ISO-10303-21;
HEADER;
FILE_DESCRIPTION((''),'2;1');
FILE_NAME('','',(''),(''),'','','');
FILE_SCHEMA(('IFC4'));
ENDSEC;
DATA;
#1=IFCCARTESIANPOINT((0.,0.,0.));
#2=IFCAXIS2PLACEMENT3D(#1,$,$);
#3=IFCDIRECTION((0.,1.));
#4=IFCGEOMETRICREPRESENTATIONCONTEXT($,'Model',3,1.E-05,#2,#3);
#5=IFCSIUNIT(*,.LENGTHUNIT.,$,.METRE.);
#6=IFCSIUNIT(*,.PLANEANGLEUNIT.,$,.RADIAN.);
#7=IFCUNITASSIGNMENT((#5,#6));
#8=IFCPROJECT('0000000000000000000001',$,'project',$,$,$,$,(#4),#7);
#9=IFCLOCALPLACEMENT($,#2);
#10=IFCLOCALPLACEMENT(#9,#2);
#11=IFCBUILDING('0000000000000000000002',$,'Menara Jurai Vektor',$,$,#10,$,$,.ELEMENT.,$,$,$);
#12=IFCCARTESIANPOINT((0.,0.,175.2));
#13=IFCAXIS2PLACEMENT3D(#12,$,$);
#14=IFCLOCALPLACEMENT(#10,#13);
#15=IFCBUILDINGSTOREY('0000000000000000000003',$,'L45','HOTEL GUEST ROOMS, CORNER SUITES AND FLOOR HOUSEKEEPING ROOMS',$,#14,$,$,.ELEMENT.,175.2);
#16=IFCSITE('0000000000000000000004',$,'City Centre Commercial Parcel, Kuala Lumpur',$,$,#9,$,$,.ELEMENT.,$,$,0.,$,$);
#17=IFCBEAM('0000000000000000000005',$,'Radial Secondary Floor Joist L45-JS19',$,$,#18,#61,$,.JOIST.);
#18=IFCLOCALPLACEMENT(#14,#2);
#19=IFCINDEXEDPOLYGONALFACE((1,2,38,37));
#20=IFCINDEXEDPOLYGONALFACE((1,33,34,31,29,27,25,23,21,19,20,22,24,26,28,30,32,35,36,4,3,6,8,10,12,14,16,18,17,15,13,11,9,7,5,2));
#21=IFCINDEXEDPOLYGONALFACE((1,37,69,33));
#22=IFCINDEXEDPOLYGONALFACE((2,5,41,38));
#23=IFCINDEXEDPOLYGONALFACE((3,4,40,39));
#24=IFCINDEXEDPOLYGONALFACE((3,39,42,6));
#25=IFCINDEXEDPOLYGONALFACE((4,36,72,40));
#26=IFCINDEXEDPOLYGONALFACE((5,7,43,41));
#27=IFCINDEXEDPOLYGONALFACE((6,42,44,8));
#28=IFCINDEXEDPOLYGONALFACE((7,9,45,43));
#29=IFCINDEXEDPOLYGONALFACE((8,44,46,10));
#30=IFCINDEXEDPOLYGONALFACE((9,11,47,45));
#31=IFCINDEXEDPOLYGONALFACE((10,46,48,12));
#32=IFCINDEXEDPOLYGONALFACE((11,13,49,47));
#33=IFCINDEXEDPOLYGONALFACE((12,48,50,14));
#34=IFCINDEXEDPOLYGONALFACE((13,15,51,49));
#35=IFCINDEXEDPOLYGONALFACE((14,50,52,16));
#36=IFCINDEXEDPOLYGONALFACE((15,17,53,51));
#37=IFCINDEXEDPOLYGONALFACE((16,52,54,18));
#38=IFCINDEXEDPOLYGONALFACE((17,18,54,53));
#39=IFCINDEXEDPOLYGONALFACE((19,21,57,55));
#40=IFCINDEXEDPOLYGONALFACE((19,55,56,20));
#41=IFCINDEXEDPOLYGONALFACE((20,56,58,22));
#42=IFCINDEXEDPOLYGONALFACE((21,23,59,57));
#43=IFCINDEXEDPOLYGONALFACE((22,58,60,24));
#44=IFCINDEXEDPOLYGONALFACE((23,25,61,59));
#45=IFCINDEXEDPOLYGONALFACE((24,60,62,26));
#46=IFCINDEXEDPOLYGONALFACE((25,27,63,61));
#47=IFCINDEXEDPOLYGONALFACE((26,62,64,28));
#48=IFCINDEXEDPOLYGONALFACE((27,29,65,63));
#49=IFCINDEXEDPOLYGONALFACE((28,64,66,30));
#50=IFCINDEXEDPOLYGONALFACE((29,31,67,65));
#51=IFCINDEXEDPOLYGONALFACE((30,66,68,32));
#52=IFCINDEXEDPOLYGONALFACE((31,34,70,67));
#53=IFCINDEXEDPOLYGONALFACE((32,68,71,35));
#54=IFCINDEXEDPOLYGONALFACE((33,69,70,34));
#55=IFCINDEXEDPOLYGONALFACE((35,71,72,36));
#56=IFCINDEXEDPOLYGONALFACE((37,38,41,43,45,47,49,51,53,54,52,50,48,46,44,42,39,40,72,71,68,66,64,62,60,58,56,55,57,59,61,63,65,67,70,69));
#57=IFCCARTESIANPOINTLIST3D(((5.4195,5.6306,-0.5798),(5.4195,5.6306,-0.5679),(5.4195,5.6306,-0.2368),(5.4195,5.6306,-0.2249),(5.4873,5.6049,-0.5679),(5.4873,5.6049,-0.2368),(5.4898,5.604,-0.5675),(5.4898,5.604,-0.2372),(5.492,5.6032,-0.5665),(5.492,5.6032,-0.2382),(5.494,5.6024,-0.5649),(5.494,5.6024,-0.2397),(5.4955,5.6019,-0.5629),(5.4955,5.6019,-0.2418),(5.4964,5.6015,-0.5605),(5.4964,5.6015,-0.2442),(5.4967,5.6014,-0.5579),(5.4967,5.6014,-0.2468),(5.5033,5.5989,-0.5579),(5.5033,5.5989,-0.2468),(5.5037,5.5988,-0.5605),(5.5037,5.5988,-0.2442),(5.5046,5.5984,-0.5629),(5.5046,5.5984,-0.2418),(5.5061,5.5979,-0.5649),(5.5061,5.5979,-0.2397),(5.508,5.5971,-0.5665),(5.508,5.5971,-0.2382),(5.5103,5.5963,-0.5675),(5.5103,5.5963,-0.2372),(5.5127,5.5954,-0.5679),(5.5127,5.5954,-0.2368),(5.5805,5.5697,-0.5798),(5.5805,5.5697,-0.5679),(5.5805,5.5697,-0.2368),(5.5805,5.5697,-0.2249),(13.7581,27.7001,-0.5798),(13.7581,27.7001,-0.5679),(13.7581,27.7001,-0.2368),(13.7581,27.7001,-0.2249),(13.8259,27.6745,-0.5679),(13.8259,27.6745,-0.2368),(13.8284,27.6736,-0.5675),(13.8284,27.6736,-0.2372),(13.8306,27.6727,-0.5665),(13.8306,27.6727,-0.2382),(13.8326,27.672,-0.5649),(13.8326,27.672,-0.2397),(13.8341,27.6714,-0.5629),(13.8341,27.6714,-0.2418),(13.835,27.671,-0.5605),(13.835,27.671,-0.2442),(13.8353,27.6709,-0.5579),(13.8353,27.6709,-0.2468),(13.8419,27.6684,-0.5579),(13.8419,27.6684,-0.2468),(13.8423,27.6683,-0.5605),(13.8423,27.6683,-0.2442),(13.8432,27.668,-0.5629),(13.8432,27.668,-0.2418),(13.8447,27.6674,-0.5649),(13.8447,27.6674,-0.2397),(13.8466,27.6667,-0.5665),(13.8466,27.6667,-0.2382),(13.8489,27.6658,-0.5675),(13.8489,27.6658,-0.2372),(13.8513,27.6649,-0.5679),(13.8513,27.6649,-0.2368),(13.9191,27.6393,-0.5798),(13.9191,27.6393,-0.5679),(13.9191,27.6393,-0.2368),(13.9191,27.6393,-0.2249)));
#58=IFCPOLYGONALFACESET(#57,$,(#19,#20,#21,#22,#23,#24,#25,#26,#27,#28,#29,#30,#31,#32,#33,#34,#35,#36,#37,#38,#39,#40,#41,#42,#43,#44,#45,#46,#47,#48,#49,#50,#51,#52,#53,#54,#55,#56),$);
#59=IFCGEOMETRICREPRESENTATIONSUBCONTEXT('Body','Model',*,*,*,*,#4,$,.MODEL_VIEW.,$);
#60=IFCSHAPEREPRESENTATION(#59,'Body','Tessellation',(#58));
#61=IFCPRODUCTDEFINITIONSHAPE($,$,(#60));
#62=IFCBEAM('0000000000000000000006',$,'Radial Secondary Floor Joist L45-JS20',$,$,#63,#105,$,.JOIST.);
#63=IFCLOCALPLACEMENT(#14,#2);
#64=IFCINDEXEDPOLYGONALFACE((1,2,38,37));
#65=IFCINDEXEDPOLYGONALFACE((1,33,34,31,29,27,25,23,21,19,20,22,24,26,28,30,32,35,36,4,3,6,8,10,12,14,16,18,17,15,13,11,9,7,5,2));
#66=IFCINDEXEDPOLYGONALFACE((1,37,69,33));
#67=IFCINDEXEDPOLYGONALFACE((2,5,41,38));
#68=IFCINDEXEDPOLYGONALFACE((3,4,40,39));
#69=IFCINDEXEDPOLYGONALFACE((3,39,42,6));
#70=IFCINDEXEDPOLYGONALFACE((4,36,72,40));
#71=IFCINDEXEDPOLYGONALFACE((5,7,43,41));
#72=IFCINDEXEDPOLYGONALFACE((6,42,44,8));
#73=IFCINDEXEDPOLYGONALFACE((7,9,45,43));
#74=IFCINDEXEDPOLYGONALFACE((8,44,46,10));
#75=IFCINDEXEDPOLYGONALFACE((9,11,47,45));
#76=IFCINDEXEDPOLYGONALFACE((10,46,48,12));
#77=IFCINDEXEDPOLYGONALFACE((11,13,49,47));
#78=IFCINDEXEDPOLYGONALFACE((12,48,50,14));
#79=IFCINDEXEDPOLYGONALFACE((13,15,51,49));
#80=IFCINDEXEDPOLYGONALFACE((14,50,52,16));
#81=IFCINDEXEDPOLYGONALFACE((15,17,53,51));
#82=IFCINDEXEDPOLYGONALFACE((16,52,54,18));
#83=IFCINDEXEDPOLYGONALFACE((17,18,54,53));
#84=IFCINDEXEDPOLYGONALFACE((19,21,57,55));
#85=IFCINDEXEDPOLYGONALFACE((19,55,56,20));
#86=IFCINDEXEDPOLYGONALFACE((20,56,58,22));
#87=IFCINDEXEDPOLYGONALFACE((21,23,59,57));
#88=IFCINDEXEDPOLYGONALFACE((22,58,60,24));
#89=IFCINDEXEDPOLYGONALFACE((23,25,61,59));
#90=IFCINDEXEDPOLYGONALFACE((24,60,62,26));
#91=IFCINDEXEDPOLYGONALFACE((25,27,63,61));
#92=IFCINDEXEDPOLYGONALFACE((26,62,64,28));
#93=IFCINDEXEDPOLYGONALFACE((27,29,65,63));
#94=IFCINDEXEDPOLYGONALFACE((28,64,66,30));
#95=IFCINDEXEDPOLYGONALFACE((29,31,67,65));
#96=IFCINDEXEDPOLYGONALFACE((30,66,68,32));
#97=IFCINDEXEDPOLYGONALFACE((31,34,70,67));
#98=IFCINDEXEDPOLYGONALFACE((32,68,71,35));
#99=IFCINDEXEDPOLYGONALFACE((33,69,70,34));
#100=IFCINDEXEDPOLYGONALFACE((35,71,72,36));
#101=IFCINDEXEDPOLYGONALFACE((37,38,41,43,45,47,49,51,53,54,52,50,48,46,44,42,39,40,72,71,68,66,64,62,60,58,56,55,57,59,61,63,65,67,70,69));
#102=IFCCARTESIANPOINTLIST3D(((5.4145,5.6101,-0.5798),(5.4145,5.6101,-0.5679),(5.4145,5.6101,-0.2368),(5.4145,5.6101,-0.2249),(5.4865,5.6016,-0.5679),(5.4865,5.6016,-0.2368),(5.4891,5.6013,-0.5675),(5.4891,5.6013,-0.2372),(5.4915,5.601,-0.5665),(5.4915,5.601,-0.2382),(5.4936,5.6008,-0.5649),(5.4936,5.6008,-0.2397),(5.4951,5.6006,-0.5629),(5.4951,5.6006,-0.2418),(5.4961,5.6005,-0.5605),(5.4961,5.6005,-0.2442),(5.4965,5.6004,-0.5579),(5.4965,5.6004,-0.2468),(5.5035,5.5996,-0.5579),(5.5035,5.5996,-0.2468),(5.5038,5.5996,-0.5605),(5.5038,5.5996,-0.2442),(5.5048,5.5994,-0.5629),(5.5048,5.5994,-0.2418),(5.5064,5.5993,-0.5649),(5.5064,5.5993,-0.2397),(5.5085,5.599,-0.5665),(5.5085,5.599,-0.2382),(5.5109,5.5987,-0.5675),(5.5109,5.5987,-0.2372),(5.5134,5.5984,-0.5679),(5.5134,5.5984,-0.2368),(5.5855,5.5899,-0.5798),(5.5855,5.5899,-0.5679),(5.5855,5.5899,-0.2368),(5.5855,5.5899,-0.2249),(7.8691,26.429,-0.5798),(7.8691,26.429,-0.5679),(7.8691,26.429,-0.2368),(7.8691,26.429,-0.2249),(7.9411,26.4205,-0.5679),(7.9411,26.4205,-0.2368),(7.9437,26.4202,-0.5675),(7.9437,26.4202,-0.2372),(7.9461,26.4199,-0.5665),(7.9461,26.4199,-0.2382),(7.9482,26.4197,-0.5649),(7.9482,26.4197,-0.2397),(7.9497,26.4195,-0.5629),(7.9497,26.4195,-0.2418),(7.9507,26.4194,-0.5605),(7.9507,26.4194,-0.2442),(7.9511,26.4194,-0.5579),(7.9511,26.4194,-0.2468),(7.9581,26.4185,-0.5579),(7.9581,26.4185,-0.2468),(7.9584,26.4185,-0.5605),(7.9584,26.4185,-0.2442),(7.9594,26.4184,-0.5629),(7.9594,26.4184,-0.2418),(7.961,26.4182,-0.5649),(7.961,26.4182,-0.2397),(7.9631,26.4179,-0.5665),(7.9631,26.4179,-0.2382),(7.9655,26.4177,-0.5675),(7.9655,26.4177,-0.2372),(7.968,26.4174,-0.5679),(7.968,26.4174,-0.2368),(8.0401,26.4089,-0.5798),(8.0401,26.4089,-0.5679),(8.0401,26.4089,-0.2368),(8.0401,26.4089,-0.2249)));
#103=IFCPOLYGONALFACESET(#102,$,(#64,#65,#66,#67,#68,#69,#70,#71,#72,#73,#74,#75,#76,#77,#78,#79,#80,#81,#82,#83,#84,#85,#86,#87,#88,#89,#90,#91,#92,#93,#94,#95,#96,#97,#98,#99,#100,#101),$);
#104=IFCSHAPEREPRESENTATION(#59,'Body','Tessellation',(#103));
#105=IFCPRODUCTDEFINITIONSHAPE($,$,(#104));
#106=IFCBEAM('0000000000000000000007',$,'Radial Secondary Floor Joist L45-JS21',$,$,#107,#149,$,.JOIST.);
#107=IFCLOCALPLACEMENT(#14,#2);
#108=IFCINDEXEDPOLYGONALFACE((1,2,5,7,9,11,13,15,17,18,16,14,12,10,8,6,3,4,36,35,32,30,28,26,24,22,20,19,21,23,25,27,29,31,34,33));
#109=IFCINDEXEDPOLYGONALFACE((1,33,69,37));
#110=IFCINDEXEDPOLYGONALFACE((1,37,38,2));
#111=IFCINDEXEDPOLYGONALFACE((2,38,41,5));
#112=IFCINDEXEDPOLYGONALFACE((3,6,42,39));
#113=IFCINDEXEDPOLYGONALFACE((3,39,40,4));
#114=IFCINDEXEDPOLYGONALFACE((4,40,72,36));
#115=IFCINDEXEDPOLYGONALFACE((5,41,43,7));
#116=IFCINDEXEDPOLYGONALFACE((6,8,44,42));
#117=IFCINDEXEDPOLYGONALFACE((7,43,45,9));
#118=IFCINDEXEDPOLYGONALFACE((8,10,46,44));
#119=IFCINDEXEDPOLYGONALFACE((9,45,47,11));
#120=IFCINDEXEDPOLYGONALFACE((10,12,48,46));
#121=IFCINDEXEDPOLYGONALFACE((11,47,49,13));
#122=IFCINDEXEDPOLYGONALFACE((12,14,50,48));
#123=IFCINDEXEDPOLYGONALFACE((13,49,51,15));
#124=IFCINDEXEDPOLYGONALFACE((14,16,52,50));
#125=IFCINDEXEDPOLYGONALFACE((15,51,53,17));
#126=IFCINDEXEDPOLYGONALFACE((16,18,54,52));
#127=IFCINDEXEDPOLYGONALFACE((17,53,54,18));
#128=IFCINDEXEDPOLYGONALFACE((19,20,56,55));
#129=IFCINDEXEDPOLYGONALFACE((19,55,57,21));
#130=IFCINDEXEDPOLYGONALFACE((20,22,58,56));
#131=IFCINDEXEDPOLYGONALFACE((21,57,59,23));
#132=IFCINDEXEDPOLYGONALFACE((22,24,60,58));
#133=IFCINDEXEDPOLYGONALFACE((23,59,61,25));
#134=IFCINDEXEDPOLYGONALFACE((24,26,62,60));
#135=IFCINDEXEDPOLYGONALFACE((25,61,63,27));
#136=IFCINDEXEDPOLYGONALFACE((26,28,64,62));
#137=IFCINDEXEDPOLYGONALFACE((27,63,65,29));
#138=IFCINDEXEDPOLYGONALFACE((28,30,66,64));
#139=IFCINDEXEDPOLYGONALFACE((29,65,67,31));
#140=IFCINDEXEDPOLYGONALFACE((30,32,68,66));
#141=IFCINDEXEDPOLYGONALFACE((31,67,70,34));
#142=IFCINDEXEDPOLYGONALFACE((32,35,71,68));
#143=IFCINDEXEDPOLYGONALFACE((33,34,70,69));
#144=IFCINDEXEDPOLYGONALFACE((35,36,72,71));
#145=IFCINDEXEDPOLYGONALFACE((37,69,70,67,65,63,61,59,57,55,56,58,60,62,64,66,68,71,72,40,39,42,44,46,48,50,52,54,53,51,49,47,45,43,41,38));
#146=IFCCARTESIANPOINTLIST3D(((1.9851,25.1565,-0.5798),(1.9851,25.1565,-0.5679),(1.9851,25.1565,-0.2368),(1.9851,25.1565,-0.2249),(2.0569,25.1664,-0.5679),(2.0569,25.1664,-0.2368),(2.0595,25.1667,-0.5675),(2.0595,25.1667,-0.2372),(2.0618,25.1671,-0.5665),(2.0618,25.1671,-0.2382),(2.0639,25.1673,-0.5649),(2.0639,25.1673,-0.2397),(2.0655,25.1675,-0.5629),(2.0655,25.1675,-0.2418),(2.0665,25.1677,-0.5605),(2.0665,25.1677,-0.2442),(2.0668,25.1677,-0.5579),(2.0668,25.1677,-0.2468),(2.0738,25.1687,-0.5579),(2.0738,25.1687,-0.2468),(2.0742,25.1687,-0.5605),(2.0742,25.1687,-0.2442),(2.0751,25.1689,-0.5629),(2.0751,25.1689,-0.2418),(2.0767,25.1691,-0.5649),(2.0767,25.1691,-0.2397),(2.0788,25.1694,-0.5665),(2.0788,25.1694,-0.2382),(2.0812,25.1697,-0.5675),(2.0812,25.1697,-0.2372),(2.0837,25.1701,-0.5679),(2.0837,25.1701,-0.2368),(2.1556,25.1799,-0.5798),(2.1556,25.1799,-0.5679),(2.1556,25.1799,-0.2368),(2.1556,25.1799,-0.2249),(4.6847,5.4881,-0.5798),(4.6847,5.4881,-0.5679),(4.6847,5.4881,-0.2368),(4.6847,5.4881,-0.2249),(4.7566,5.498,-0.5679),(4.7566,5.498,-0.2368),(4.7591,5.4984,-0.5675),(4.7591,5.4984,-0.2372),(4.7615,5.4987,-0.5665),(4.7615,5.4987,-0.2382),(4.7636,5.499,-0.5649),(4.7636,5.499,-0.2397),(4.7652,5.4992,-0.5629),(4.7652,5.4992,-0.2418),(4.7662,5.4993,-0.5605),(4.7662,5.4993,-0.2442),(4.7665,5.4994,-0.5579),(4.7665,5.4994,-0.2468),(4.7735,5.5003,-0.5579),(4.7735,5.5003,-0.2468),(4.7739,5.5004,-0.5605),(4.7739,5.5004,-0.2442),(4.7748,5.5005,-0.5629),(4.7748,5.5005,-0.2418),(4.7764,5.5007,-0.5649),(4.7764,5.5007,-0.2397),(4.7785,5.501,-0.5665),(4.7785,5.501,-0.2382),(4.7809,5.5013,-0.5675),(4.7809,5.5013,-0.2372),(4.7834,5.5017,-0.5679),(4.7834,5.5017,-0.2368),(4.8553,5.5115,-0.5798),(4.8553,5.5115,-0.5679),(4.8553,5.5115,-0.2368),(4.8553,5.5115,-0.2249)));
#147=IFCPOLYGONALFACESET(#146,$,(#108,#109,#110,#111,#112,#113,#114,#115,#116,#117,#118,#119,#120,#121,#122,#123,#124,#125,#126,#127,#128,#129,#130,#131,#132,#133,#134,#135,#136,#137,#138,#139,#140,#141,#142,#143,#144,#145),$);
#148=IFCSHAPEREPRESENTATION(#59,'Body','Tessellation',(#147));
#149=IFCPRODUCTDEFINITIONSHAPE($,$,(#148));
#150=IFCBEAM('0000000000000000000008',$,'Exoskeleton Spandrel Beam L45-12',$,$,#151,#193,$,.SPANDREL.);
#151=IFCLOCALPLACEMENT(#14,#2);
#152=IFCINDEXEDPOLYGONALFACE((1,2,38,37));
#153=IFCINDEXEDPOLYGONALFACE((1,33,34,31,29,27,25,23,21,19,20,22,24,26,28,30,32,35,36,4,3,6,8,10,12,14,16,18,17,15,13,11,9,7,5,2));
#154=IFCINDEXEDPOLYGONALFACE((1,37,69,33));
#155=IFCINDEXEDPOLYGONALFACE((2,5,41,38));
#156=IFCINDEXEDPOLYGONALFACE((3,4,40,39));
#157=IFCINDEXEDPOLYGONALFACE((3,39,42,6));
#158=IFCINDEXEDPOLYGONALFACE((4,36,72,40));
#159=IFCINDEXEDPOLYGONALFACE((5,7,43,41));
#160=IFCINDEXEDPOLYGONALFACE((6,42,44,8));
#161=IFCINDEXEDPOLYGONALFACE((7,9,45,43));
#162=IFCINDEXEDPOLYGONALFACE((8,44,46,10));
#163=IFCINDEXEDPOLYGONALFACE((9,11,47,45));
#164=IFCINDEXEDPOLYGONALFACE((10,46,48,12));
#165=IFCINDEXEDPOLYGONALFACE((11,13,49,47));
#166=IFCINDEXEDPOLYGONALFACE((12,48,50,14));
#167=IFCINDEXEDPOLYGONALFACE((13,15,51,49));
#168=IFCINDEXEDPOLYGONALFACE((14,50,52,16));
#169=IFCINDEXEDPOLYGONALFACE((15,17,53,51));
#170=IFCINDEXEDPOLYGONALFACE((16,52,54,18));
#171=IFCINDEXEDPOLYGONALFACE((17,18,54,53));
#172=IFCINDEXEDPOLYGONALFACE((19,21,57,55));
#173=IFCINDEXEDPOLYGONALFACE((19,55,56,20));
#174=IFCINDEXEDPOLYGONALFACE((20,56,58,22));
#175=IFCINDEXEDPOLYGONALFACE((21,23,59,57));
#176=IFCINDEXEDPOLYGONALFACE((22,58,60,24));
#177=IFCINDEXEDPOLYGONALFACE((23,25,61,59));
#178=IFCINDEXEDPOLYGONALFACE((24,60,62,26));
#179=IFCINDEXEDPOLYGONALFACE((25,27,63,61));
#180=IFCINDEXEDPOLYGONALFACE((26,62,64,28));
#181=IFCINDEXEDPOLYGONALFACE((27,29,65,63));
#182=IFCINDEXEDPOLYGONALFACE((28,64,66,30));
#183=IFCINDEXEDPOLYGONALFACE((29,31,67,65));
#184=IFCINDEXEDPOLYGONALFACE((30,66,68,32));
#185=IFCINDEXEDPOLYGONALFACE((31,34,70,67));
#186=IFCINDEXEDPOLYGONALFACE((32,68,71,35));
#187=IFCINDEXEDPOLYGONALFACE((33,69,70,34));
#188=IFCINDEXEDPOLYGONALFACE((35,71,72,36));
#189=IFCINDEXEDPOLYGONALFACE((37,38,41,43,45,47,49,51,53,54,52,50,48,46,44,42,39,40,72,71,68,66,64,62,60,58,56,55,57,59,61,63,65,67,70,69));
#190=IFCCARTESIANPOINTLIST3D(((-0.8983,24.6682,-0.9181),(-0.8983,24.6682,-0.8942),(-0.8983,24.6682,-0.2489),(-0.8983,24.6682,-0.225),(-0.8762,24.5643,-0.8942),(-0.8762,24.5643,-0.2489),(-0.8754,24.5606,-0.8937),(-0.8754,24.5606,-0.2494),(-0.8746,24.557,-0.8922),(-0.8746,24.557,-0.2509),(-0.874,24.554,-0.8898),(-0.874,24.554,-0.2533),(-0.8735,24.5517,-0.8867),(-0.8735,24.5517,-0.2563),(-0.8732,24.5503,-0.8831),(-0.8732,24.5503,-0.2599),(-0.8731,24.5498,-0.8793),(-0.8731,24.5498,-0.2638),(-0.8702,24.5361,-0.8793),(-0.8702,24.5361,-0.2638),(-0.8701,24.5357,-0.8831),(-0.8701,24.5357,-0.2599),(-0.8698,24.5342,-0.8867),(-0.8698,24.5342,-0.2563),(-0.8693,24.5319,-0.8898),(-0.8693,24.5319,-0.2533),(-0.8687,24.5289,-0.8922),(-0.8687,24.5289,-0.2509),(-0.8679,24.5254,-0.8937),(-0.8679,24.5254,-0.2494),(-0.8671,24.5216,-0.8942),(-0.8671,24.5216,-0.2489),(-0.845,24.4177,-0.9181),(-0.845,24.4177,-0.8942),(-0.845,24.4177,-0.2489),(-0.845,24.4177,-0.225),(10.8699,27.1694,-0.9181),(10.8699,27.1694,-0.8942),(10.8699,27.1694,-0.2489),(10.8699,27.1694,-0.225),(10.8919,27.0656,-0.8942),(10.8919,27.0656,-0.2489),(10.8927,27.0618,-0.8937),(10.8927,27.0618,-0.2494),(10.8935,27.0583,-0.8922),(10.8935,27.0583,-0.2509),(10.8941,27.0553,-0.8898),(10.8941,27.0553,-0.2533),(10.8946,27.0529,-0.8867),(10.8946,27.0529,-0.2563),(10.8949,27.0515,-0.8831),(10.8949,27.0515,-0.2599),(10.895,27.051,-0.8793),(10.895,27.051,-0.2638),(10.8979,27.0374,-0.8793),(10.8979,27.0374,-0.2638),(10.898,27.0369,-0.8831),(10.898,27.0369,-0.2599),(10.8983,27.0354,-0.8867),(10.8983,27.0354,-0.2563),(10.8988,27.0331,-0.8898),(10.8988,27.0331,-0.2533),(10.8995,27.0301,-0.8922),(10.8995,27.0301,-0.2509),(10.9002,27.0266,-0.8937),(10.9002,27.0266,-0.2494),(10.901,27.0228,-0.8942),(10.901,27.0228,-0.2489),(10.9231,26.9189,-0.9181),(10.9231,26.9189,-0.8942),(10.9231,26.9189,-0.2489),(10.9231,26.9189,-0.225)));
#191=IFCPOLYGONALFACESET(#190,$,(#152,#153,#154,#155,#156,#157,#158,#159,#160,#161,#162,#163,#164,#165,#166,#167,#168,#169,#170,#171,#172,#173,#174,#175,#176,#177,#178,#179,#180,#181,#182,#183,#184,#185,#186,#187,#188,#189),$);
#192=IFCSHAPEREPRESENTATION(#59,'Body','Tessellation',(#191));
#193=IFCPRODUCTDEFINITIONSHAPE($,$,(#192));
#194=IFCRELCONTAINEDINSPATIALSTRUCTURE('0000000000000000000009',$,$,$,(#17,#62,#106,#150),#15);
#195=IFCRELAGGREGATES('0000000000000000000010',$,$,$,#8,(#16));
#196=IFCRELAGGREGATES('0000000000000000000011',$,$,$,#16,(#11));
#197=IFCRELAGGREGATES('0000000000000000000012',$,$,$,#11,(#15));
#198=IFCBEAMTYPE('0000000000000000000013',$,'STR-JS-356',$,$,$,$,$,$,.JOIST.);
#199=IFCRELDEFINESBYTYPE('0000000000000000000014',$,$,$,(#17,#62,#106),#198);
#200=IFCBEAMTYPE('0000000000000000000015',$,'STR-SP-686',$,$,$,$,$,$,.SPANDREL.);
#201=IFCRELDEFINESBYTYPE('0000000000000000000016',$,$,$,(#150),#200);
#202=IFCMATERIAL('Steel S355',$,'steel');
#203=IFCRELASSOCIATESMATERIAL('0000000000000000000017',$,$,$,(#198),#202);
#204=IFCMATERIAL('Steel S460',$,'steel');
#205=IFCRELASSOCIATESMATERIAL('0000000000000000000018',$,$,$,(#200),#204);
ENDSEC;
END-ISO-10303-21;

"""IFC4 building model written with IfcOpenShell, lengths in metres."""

from ifc_helpers import new_model, si_unit, direction, frame, origin, origin_2d, place, context, subcontext, project, spatial, i_section, extrude, material, material_profile, profile_set, type_object, element, save


model = new_model("IFC4")

# Units and contexts
model_context = context("Model", 3, precision=1e-05, world=origin(), true_north=direction((0.0, 1.0)))
body_context = subcontext(model_context, "Body", "Model", "MODEL_VIEW")
ifc_project = project(units=[si_unit("LENGTHUNIT", "METRE"), si_unit("PLANEANGLEUNIT", "RADIAN")], contexts=[model_context])

# Site, building, storey
site_placement = place(None, origin())
site = spatial("IfcSite", under=ifc_project, at=site_placement, Name="City Centre Commercial Parcel, Kuala Lumpur", CompositionType="ELEMENT", RefElevation=0.0)
building_placement = place(site_placement, origin())
building = spatial("IfcBuilding", under=site, at=building_placement, Name="Menara Jurai Vektor", CompositionType="ELEMENT")
storey_placement = place(building_placement, frame((0.0, 0.0, 175.2)))
storey = spatial("IfcBuildingStorey", under=building, at=storey_placement, Name="L45", Description="HOTEL GUEST ROOMS, CORNER SUITES AND FLOOR HOUSEKEEPING ROOMS", CompositionType="ELEMENT", Elevation=175.2)

# Shared definitions
ifc_material_1 = material(Name="Steel S460", Category="steel")

# Beams
ifc_material_2 = material(Name="Steel S355", Category="steel")
ifc_material_profile_1 = material_profile(ifc_material_2, i_section(OverallWidth=0.1721, OverallDepth=0.355, WebThickness=0.0071, FlangeThickness=0.012, FilletRadius=0.01, at=origin_2d()), Name="UKB 356x171x51")
ifc_profile_set_1 = profile_set([ifc_material_profile_1], Name="Steel S355")
beam_type_1 = type_object("IfcBeamType", Name="STR-JS-356", PredefinedType="JOIST", material=ifc_profile_set_1)
beam_1_placement = place(storey_placement, frame((13.8386, 27.6697, -0.4023), z_axis=(-0.353446, -0.935455, 0.0), x_axis=(0.935455, -0.353446, 0.0)))
element("IfcBeam", 1, at=beam_1_placement, inside=storey, type_object=beam_type_1, Name="Radial Secondary Floor Joist L45-JS19", PredefinedType="JOIST", context=body_context, shape_type="SweptSolid", body=[
    extrude(i_section(OverallWidth=0.1721, OverallDepth=0.355, WebThickness=0.0071, FlangeThickness=0.012, FilletRadius=0.01, at=origin_2d()), origin(), (0.0, 0.0, 1.0), 23.5923),
])
beam_2_placement = place(storey_placement, frame((7.9546, 26.4189, -0.4023), z_axis=(-0.117091, -0.993121, 0.0), x_axis=(0.993121, -0.117091, 0.0)))
element("IfcBeam", 2, at=beam_2_placement, inside=storey, type_object=beam_type_1, Name="Radial Secondary Floor Joist L45-JS20", PredefinedType="JOIST", context=body_context, shape_type="SweptSolid", body=[
    extrude(i_section(OverallWidth=0.1721, OverallDepth=0.355, WebThickness=0.0071, FlangeThickness=0.012, FilletRadius=0.01, at=origin_2d()), origin(), (0.0, 0.0, 1.0), 20.9631),
])
beam_3_placement = place(storey_placement, frame((2.0703, 25.1682, -0.4023), z_axis=(0.135986, -0.990711, 0.0), x_axis=(0.990711, 0.135986, 0.0)))
element("IfcBeam", 3, at=beam_3_placement, inside=storey, type_object=beam_type_1, Name="Radial Secondary Floor Joist L45-JS21", PredefinedType="JOIST", context=body_context, shape_type="SweptSolid", body=[
    extrude(i_section(OverallWidth=0.1721, OverallDepth=0.355, WebThickness=0.0071, FlangeThickness=0.012, FilletRadius=0.01, at=origin_2d()), origin(), (0.0, 0.0, 1.0), 19.8528),
])
ifc_material_profile_2 = material_profile(ifc_material_1, i_section(OverallWidth=0.2561, OverallDepth=0.6931, WebThickness=0.0139, FlangeThickness=0.0239, FilletRadius=0.0149, at=origin_2d()), Name="UKB 686x254x170")
ifc_profile_set_2 = profile_set([ifc_material_profile_2], Name="Steel S460")
beam_type_2 = type_object("IfcBeamType", Name="STR-SP-686", PredefinedType="SPANDREL", material=ifc_profile_set_2)
beam_4_placement = place(storey_placement, frame((10.8965, 27.0442, -0.5715), z_axis=(-0.97815, -0.207899, 0.0), x_axis=(0.207899, -0.97815, 0.0)))
element("IfcBeam", 4, at=beam_4_placement, inside=storey, type_object=beam_type_2, Name="Exoskeleton Spandrel Beam L45-12", PredefinedType="SPANDREL", context=body_context, shape_type="SweptSolid", body=[
    extrude(i_section(OverallWidth=0.2561, OverallDepth=0.6931, WebThickness=0.0139, FlangeThickness=0.0239, FilletRadius=0.0149, at=origin_2d()), origin(), (0.0, 0.0, 1.0), 12.031),
])

save(model, "model.ifc")
